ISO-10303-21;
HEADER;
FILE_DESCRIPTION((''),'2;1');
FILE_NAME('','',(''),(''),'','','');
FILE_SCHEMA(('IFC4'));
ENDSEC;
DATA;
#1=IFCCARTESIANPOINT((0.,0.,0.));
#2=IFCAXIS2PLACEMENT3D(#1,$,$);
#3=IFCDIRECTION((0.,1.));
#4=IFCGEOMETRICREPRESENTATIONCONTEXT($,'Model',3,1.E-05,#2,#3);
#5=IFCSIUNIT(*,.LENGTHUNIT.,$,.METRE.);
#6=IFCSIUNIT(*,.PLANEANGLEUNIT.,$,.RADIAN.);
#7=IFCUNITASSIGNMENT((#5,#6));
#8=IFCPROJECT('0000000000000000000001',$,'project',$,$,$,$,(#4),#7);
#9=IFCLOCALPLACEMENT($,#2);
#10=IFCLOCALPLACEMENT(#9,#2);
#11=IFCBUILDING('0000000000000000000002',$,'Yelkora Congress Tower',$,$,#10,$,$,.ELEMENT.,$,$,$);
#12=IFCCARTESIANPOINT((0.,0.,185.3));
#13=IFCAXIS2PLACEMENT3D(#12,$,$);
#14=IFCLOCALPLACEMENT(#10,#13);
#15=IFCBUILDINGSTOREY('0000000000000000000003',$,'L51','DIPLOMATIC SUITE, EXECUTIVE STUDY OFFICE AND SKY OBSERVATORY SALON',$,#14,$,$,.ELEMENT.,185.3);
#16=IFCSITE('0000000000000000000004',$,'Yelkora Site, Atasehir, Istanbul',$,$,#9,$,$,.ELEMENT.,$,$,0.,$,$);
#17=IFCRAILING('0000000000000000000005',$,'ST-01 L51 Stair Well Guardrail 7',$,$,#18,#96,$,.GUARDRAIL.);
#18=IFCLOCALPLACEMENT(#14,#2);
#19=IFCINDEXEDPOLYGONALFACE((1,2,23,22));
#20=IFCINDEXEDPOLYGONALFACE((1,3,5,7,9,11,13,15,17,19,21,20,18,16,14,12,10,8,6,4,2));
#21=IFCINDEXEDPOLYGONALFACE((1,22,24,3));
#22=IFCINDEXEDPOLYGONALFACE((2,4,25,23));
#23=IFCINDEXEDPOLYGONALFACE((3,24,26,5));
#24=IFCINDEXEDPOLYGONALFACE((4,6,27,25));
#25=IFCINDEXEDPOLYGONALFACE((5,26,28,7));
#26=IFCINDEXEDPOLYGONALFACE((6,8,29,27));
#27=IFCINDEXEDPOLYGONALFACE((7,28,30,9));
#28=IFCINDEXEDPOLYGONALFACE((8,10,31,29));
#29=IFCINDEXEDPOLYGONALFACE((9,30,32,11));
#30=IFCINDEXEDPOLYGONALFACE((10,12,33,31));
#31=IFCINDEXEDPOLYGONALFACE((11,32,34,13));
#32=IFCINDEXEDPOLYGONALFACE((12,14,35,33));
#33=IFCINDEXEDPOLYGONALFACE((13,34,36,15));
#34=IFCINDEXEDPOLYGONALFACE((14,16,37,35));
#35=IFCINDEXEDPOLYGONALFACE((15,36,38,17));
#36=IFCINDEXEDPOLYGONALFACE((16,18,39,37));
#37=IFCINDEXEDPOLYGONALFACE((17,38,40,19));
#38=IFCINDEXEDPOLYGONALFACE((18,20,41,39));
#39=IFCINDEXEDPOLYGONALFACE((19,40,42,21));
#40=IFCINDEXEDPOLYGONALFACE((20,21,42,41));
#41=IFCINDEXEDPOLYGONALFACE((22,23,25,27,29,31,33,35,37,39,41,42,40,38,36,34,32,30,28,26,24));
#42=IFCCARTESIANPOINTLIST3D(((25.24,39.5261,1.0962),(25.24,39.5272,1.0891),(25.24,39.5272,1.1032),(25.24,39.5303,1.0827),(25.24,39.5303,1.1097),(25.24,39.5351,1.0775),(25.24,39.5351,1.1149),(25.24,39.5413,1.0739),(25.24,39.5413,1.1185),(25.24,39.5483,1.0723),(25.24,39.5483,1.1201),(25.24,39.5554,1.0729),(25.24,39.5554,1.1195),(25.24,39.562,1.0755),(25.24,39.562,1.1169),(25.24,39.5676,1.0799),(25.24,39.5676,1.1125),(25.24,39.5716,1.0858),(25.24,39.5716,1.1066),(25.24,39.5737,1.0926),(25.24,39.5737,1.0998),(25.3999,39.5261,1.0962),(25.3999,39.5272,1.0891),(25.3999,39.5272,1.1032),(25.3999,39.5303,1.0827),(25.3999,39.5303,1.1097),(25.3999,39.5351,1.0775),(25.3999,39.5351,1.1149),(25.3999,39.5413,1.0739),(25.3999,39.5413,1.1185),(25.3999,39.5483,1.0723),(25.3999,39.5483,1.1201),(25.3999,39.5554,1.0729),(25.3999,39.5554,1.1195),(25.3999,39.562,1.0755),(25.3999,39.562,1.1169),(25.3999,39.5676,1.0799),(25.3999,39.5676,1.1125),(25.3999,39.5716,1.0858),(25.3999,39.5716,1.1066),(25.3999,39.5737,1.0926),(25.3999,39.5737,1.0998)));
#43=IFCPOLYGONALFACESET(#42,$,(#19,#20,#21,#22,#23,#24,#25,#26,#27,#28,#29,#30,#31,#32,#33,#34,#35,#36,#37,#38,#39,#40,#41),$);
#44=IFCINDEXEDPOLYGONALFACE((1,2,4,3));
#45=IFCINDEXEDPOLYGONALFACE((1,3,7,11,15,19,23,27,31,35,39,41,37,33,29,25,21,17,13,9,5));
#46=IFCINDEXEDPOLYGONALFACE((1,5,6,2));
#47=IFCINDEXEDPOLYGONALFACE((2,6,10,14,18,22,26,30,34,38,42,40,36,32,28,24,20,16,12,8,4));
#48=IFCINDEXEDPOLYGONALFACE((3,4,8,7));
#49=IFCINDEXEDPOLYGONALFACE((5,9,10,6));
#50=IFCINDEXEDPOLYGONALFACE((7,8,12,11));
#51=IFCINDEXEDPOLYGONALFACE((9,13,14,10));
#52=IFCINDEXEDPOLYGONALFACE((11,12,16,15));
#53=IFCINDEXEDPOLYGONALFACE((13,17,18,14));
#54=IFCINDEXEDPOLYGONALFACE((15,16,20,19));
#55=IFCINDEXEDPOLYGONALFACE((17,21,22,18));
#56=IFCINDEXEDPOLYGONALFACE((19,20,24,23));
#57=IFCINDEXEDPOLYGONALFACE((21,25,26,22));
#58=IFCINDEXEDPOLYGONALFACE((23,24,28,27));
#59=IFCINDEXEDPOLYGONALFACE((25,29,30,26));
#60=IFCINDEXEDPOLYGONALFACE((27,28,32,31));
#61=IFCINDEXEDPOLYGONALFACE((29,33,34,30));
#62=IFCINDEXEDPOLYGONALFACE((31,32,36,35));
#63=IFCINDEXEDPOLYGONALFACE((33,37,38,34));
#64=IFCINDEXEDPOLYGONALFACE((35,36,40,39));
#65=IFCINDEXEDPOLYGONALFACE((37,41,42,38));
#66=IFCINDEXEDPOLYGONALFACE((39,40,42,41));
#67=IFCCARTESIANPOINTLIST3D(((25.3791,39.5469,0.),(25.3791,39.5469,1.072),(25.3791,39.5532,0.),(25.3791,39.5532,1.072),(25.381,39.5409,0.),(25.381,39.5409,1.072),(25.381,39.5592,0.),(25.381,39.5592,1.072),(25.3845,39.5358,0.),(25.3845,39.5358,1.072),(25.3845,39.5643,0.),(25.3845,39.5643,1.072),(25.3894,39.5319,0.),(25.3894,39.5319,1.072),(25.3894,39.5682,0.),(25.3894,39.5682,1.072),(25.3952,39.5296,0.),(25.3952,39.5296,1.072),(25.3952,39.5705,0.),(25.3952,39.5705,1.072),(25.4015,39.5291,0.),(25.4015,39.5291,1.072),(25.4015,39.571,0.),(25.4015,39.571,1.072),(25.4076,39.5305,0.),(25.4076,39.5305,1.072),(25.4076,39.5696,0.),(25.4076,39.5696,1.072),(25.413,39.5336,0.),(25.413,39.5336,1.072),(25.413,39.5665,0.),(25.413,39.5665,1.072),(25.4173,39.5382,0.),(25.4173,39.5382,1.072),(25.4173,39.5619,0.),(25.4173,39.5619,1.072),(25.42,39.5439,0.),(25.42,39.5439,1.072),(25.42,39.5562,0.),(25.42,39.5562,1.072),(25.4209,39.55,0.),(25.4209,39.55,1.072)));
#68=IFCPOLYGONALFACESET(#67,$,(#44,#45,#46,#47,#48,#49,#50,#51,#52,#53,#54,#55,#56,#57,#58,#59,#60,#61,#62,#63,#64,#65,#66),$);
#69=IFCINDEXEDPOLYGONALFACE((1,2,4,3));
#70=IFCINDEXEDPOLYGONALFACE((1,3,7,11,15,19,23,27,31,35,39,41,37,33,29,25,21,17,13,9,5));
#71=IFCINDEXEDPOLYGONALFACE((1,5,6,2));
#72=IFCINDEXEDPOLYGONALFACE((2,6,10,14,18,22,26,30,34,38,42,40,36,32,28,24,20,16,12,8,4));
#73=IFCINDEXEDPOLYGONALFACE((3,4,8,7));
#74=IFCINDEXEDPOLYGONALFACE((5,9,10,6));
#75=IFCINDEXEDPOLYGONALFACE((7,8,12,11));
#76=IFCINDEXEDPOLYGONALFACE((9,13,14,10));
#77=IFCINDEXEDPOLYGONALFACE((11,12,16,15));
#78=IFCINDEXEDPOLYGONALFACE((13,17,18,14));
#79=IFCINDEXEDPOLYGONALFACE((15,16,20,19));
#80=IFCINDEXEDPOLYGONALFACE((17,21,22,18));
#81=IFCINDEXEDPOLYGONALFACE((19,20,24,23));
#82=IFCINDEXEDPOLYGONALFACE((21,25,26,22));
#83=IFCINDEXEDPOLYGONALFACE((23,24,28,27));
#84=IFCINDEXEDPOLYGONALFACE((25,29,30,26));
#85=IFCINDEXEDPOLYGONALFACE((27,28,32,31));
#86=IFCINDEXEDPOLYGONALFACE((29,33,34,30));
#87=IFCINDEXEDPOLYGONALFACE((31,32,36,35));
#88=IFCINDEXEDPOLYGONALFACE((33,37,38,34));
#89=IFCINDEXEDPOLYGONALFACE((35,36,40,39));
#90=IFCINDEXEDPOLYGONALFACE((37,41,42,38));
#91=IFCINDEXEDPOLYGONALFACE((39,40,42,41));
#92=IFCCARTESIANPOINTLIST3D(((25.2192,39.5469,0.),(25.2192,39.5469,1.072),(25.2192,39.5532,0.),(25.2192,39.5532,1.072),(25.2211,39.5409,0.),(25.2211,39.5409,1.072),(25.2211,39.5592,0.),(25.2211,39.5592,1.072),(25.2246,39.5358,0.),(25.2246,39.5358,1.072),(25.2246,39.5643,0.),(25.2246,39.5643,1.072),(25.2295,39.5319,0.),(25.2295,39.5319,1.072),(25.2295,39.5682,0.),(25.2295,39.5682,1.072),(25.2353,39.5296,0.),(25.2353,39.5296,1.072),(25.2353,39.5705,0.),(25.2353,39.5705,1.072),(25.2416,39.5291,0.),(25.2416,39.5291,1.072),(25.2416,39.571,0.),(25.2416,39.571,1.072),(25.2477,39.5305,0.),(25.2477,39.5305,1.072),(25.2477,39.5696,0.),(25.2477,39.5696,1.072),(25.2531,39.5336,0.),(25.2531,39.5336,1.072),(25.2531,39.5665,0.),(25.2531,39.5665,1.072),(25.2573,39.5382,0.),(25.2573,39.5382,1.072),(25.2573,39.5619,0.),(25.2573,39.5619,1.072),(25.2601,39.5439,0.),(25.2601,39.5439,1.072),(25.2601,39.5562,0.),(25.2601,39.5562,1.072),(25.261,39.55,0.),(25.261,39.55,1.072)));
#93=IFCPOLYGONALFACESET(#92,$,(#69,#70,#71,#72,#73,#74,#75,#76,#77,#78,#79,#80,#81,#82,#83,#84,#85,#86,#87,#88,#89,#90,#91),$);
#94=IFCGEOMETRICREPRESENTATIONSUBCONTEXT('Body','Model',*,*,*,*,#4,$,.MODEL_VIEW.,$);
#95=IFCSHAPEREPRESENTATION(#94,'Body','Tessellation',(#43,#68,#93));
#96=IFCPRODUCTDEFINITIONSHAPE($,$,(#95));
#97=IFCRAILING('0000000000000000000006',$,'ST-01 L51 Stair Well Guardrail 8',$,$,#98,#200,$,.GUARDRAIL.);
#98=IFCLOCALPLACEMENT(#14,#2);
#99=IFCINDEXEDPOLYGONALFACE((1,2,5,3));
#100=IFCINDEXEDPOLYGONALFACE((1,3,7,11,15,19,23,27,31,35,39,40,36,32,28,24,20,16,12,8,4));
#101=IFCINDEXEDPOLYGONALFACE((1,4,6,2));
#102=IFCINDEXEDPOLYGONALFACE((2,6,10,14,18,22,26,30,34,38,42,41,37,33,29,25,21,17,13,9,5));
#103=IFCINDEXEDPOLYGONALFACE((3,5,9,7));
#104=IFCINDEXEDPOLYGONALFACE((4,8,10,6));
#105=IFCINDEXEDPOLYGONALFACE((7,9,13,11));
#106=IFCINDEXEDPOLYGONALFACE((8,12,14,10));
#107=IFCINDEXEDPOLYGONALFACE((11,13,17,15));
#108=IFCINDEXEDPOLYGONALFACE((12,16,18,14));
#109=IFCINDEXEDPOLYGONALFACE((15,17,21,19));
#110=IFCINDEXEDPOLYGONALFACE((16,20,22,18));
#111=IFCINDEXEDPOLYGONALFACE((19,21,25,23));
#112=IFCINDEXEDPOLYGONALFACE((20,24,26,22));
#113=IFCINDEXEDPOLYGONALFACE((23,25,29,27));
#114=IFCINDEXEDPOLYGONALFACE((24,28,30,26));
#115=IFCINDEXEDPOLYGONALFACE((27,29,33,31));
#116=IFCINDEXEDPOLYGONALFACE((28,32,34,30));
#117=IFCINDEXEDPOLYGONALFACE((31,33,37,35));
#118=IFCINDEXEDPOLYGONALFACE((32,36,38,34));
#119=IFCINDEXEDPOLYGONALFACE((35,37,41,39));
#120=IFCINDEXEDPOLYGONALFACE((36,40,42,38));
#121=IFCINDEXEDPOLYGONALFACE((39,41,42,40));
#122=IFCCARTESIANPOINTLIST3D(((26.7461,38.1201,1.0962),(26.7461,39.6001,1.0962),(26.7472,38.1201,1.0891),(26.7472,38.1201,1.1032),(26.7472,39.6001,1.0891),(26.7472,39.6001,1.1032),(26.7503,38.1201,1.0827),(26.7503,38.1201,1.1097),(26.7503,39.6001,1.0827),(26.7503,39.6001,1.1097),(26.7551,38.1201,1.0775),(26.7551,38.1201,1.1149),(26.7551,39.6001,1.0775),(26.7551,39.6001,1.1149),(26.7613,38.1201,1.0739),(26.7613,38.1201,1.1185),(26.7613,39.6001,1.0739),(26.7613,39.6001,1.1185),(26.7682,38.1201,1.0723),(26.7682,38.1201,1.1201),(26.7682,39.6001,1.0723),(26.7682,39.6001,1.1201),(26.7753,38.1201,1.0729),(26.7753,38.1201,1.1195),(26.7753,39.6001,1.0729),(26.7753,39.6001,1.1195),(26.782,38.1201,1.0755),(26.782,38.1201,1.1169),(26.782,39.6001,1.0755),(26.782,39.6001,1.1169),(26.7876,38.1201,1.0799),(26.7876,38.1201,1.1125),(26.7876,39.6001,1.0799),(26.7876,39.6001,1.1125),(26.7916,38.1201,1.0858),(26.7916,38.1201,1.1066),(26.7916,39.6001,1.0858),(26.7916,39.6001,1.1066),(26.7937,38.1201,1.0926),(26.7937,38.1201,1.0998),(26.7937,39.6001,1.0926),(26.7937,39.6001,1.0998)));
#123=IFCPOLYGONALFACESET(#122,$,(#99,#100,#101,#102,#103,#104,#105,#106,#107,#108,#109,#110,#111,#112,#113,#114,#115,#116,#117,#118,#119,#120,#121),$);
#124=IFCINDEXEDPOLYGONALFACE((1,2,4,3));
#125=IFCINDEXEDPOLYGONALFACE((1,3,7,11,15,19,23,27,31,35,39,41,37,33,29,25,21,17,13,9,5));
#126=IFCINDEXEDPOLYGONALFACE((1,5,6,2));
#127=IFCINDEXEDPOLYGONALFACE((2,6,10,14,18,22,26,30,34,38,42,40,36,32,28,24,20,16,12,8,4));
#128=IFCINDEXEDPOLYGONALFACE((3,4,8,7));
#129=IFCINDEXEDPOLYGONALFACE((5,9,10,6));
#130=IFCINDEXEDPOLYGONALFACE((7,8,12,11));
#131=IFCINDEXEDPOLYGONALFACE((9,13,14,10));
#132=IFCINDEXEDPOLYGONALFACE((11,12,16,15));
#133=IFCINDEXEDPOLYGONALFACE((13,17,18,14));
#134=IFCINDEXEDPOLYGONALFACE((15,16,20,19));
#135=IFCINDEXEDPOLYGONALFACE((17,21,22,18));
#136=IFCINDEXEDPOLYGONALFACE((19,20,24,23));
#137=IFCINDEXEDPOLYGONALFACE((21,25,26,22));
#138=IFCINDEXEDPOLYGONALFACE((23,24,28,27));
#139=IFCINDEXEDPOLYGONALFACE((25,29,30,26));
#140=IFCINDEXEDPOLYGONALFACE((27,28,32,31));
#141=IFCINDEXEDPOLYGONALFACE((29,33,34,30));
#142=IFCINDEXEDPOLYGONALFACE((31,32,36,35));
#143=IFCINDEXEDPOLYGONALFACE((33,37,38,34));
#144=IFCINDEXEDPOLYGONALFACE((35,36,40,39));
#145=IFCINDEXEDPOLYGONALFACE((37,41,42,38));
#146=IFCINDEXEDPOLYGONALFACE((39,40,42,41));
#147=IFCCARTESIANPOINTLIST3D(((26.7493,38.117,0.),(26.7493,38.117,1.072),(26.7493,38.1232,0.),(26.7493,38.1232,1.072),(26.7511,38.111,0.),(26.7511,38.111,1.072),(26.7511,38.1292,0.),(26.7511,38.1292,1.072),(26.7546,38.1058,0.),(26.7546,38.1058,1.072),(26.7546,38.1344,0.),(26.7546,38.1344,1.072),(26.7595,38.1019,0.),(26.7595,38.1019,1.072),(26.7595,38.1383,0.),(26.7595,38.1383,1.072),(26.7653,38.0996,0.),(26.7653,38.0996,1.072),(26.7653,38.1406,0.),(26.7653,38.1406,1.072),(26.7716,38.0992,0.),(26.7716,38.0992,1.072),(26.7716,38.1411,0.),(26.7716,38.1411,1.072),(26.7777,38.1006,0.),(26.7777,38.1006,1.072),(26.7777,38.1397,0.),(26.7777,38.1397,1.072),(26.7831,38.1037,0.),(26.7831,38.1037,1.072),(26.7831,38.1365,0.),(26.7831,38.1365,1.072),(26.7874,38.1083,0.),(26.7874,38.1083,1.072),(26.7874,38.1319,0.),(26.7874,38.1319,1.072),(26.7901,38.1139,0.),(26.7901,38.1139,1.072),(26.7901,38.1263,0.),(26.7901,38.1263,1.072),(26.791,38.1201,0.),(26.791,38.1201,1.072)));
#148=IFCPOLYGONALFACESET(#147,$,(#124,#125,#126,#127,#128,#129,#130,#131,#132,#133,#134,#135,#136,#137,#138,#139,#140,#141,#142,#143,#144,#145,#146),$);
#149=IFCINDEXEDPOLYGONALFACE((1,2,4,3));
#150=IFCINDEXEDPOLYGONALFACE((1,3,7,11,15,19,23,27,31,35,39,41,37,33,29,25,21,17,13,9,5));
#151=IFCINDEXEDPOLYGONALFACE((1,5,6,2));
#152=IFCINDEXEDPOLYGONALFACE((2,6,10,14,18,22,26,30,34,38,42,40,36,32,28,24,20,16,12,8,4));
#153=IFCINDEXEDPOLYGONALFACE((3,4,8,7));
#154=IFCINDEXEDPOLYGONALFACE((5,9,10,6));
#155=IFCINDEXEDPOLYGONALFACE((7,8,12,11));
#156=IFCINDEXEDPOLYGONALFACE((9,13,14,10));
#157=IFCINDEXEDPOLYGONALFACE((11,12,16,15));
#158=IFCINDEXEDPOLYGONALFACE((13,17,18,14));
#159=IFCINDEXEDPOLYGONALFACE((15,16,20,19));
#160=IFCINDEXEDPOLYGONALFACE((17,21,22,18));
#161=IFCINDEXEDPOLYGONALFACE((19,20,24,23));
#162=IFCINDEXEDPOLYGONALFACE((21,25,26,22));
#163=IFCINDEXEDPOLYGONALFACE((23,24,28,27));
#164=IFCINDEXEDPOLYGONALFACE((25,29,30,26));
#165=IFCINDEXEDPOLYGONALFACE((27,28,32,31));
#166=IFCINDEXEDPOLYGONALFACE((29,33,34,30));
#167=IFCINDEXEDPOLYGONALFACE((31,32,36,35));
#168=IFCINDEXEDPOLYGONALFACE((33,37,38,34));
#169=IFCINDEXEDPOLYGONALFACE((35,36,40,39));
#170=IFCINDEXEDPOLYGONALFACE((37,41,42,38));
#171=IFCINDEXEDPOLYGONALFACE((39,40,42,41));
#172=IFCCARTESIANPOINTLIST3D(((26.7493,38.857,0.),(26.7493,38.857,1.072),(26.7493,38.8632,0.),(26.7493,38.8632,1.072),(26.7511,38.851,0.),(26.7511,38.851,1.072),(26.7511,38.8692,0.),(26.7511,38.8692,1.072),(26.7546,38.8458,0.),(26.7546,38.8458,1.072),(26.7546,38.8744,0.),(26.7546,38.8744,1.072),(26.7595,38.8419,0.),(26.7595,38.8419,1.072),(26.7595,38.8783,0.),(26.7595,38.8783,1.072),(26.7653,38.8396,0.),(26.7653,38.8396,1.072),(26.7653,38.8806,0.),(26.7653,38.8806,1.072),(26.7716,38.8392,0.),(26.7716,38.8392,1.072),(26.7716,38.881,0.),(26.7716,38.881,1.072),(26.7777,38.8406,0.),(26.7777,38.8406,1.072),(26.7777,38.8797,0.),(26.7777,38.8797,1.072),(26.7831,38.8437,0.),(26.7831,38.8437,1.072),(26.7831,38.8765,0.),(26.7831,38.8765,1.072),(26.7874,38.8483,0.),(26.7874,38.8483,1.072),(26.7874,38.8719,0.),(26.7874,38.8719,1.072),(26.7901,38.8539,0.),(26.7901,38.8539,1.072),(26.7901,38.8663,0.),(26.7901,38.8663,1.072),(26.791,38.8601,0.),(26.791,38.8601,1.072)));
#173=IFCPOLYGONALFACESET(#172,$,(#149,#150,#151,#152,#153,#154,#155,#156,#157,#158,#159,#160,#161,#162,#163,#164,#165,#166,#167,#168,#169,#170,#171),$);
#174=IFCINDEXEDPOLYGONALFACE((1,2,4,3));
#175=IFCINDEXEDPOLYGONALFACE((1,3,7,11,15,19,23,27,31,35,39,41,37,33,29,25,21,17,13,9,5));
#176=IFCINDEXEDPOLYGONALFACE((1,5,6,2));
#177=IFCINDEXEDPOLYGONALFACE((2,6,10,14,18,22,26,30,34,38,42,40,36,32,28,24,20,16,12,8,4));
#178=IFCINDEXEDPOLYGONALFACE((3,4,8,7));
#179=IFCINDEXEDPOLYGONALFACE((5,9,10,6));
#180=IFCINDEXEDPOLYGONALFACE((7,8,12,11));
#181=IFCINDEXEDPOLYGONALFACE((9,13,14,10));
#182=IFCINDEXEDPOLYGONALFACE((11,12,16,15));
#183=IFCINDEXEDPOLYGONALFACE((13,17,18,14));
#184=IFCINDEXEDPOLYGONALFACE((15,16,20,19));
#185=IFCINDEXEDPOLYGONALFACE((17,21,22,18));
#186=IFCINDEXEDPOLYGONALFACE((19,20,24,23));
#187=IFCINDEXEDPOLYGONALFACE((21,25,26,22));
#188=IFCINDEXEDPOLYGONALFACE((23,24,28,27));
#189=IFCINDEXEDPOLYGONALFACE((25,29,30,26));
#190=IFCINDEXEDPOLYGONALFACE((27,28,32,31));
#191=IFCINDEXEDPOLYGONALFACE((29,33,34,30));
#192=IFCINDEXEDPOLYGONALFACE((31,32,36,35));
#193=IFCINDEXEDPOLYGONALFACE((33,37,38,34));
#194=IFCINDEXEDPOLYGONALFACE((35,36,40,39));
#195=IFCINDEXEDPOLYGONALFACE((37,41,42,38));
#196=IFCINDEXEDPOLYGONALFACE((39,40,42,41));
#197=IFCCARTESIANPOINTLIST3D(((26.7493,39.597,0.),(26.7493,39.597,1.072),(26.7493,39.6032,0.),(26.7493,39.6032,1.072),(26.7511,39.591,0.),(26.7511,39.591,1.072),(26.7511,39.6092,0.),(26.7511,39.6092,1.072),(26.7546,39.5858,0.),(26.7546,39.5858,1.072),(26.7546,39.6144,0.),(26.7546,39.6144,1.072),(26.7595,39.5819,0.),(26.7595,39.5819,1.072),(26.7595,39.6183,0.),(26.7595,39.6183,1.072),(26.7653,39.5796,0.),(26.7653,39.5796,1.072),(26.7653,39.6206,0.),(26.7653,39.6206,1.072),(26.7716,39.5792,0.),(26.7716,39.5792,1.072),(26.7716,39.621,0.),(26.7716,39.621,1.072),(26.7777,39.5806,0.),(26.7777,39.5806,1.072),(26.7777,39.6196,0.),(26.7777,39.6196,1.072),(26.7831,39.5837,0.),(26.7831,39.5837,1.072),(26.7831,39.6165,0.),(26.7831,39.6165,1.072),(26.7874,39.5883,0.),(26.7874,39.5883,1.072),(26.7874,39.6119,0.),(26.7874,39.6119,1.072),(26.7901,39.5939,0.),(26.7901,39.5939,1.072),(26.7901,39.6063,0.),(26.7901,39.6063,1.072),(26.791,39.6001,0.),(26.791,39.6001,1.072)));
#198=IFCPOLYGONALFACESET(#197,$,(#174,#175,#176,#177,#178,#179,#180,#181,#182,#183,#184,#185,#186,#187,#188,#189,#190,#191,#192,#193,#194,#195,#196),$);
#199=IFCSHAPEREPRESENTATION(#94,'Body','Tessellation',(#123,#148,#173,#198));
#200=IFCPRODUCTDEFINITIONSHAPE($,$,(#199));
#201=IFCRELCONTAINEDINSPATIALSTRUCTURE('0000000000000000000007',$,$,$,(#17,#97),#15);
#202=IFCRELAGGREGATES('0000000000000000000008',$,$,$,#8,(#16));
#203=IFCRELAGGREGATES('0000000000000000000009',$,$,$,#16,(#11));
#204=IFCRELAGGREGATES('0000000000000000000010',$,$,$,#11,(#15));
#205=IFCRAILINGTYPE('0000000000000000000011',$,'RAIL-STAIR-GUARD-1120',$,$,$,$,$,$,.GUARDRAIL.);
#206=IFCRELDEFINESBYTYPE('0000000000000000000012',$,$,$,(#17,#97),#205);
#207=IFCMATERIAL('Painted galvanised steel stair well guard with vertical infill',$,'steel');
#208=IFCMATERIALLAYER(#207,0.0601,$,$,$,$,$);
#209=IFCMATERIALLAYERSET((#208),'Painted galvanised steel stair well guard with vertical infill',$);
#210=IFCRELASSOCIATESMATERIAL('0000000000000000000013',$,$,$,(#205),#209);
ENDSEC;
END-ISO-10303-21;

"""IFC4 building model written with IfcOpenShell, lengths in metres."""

from ifc_helpers import new_model, si_unit, direction, frame, origin, origin_2d, place, context, subcontext, project, spatial, circle, extrude, material, layer, layer_set, type_object, element, save


model = new_model("IFC4")

# Units and contexts
model_context = context("Model", 3, precision=1e-05, world=origin(), true_north=direction((0.0, 1.0)))
body_context = subcontext(model_context, "Body", "Model", "MODEL_VIEW")
ifc_project = project(units=[si_unit("LENGTHUNIT", "METRE"), si_unit("PLANEANGLEUNIT", "RADIAN")], contexts=[model_context])

# Site, building, storey
site_placement = place(None, origin())
site = spatial("IfcSite", under=ifc_project, at=site_placement, Name="Yelkora Site, Atasehir, Istanbul", CompositionType="ELEMENT", RefElevation=0.0)
building_placement = place(site_placement, origin())
building = spatial("IfcBuilding", under=site, at=building_placement, Name="Yelkora Congress Tower", CompositionType="ELEMENT")
storey_placement = place(building_placement, frame((0.0, 0.0, 185.3)))
storey = spatial("IfcBuildingStorey", under=building, at=storey_placement, Name="L51", Description="DIPLOMATIC SUITE, EXECUTIVE STUDY OFFICE AND SKY OBSERVATORY SALON", CompositionType="ELEMENT", Elevation=185.3)

# Railings
ifc_material_1 = material(Name="Painted galvanised steel stair well guard with vertical infill", Category="steel")
ifc_layer_1 = layer(ifc_material_1, 0.0601)
ifc_layer_set_1 = layer_set([ifc_layer_1], Name="Painted galvanised steel stair well guard with vertical infill")
railing_type_1 = type_object("IfcRailingType", Name="RAIL-STAIR-GUARD-1120", PredefinedType="GUARDRAIL", material=ifc_layer_set_1)
railing_1_placement = place(storey_placement, frame((25.3999, 39.55, 0.0)))
element("IfcRailing", 1, at=railing_1_placement, inside=storey, type_object=railing_type_1, Name="ST-01 L51 Stair Well Guardrail 7", PredefinedType="GUARDRAIL", context=body_context, shape_type="SweptSolid", body=[
    extrude(circle(Radius=0.0239, at=origin_2d()), frame((0.0, 0.0, 1.0962), z_axis=(-1.0, 0.0, 0.0), x_axis=(0.0, -1.0, 0.0)), (0.0, 0.0, 1.0), 0.1599),
    extrude(circle(Radius=0.021, at=origin_2d()), origin(), (0.0, 0.0, 1.0), 1.072),
    extrude(circle(Radius=0.021, at=origin_2d()), frame((-0.1599, 0.0, 0.0)), (0.0, 0.0, 1.0), 1.072),
])
for number, where, name in (
    (2, (26.77, 38.1201, 0.0), "ST-01 L51 Stair Well Guardrail 8"),
):
    element("IfcRailing", number, at=place(storey_placement, frame(where)), inside=storey, type_object=railing_type_1, Name=name, PredefinedType="GUARDRAIL", context=body_context, shape_type="SweptSolid", body=[
        extrude(circle(Radius=0.0239, at=origin_2d()), frame((0.0, 0.0, 1.0962), z_axis=(0.0, 1.0, 0.0), x_axis=(-1.0, 0.0, 0.0)), (0.0, 0.0, 1.0), 1.48),
        extrude(circle(Radius=0.021, at=origin_2d()), origin(), (0.0, 0.0, 1.0), 1.072),
        extrude(circle(Radius=0.021, at=origin_2d()), frame((0.0, 0.74, 0.0)), (0.0, 0.0, 1.0), 1.072),
        extrude(circle(Radius=0.021, at=origin_2d()), frame((0.0, 1.48, 0.0)), (0.0, 0.0, 1.0), 1.072),
    ])

save(model, "model.ifc")
